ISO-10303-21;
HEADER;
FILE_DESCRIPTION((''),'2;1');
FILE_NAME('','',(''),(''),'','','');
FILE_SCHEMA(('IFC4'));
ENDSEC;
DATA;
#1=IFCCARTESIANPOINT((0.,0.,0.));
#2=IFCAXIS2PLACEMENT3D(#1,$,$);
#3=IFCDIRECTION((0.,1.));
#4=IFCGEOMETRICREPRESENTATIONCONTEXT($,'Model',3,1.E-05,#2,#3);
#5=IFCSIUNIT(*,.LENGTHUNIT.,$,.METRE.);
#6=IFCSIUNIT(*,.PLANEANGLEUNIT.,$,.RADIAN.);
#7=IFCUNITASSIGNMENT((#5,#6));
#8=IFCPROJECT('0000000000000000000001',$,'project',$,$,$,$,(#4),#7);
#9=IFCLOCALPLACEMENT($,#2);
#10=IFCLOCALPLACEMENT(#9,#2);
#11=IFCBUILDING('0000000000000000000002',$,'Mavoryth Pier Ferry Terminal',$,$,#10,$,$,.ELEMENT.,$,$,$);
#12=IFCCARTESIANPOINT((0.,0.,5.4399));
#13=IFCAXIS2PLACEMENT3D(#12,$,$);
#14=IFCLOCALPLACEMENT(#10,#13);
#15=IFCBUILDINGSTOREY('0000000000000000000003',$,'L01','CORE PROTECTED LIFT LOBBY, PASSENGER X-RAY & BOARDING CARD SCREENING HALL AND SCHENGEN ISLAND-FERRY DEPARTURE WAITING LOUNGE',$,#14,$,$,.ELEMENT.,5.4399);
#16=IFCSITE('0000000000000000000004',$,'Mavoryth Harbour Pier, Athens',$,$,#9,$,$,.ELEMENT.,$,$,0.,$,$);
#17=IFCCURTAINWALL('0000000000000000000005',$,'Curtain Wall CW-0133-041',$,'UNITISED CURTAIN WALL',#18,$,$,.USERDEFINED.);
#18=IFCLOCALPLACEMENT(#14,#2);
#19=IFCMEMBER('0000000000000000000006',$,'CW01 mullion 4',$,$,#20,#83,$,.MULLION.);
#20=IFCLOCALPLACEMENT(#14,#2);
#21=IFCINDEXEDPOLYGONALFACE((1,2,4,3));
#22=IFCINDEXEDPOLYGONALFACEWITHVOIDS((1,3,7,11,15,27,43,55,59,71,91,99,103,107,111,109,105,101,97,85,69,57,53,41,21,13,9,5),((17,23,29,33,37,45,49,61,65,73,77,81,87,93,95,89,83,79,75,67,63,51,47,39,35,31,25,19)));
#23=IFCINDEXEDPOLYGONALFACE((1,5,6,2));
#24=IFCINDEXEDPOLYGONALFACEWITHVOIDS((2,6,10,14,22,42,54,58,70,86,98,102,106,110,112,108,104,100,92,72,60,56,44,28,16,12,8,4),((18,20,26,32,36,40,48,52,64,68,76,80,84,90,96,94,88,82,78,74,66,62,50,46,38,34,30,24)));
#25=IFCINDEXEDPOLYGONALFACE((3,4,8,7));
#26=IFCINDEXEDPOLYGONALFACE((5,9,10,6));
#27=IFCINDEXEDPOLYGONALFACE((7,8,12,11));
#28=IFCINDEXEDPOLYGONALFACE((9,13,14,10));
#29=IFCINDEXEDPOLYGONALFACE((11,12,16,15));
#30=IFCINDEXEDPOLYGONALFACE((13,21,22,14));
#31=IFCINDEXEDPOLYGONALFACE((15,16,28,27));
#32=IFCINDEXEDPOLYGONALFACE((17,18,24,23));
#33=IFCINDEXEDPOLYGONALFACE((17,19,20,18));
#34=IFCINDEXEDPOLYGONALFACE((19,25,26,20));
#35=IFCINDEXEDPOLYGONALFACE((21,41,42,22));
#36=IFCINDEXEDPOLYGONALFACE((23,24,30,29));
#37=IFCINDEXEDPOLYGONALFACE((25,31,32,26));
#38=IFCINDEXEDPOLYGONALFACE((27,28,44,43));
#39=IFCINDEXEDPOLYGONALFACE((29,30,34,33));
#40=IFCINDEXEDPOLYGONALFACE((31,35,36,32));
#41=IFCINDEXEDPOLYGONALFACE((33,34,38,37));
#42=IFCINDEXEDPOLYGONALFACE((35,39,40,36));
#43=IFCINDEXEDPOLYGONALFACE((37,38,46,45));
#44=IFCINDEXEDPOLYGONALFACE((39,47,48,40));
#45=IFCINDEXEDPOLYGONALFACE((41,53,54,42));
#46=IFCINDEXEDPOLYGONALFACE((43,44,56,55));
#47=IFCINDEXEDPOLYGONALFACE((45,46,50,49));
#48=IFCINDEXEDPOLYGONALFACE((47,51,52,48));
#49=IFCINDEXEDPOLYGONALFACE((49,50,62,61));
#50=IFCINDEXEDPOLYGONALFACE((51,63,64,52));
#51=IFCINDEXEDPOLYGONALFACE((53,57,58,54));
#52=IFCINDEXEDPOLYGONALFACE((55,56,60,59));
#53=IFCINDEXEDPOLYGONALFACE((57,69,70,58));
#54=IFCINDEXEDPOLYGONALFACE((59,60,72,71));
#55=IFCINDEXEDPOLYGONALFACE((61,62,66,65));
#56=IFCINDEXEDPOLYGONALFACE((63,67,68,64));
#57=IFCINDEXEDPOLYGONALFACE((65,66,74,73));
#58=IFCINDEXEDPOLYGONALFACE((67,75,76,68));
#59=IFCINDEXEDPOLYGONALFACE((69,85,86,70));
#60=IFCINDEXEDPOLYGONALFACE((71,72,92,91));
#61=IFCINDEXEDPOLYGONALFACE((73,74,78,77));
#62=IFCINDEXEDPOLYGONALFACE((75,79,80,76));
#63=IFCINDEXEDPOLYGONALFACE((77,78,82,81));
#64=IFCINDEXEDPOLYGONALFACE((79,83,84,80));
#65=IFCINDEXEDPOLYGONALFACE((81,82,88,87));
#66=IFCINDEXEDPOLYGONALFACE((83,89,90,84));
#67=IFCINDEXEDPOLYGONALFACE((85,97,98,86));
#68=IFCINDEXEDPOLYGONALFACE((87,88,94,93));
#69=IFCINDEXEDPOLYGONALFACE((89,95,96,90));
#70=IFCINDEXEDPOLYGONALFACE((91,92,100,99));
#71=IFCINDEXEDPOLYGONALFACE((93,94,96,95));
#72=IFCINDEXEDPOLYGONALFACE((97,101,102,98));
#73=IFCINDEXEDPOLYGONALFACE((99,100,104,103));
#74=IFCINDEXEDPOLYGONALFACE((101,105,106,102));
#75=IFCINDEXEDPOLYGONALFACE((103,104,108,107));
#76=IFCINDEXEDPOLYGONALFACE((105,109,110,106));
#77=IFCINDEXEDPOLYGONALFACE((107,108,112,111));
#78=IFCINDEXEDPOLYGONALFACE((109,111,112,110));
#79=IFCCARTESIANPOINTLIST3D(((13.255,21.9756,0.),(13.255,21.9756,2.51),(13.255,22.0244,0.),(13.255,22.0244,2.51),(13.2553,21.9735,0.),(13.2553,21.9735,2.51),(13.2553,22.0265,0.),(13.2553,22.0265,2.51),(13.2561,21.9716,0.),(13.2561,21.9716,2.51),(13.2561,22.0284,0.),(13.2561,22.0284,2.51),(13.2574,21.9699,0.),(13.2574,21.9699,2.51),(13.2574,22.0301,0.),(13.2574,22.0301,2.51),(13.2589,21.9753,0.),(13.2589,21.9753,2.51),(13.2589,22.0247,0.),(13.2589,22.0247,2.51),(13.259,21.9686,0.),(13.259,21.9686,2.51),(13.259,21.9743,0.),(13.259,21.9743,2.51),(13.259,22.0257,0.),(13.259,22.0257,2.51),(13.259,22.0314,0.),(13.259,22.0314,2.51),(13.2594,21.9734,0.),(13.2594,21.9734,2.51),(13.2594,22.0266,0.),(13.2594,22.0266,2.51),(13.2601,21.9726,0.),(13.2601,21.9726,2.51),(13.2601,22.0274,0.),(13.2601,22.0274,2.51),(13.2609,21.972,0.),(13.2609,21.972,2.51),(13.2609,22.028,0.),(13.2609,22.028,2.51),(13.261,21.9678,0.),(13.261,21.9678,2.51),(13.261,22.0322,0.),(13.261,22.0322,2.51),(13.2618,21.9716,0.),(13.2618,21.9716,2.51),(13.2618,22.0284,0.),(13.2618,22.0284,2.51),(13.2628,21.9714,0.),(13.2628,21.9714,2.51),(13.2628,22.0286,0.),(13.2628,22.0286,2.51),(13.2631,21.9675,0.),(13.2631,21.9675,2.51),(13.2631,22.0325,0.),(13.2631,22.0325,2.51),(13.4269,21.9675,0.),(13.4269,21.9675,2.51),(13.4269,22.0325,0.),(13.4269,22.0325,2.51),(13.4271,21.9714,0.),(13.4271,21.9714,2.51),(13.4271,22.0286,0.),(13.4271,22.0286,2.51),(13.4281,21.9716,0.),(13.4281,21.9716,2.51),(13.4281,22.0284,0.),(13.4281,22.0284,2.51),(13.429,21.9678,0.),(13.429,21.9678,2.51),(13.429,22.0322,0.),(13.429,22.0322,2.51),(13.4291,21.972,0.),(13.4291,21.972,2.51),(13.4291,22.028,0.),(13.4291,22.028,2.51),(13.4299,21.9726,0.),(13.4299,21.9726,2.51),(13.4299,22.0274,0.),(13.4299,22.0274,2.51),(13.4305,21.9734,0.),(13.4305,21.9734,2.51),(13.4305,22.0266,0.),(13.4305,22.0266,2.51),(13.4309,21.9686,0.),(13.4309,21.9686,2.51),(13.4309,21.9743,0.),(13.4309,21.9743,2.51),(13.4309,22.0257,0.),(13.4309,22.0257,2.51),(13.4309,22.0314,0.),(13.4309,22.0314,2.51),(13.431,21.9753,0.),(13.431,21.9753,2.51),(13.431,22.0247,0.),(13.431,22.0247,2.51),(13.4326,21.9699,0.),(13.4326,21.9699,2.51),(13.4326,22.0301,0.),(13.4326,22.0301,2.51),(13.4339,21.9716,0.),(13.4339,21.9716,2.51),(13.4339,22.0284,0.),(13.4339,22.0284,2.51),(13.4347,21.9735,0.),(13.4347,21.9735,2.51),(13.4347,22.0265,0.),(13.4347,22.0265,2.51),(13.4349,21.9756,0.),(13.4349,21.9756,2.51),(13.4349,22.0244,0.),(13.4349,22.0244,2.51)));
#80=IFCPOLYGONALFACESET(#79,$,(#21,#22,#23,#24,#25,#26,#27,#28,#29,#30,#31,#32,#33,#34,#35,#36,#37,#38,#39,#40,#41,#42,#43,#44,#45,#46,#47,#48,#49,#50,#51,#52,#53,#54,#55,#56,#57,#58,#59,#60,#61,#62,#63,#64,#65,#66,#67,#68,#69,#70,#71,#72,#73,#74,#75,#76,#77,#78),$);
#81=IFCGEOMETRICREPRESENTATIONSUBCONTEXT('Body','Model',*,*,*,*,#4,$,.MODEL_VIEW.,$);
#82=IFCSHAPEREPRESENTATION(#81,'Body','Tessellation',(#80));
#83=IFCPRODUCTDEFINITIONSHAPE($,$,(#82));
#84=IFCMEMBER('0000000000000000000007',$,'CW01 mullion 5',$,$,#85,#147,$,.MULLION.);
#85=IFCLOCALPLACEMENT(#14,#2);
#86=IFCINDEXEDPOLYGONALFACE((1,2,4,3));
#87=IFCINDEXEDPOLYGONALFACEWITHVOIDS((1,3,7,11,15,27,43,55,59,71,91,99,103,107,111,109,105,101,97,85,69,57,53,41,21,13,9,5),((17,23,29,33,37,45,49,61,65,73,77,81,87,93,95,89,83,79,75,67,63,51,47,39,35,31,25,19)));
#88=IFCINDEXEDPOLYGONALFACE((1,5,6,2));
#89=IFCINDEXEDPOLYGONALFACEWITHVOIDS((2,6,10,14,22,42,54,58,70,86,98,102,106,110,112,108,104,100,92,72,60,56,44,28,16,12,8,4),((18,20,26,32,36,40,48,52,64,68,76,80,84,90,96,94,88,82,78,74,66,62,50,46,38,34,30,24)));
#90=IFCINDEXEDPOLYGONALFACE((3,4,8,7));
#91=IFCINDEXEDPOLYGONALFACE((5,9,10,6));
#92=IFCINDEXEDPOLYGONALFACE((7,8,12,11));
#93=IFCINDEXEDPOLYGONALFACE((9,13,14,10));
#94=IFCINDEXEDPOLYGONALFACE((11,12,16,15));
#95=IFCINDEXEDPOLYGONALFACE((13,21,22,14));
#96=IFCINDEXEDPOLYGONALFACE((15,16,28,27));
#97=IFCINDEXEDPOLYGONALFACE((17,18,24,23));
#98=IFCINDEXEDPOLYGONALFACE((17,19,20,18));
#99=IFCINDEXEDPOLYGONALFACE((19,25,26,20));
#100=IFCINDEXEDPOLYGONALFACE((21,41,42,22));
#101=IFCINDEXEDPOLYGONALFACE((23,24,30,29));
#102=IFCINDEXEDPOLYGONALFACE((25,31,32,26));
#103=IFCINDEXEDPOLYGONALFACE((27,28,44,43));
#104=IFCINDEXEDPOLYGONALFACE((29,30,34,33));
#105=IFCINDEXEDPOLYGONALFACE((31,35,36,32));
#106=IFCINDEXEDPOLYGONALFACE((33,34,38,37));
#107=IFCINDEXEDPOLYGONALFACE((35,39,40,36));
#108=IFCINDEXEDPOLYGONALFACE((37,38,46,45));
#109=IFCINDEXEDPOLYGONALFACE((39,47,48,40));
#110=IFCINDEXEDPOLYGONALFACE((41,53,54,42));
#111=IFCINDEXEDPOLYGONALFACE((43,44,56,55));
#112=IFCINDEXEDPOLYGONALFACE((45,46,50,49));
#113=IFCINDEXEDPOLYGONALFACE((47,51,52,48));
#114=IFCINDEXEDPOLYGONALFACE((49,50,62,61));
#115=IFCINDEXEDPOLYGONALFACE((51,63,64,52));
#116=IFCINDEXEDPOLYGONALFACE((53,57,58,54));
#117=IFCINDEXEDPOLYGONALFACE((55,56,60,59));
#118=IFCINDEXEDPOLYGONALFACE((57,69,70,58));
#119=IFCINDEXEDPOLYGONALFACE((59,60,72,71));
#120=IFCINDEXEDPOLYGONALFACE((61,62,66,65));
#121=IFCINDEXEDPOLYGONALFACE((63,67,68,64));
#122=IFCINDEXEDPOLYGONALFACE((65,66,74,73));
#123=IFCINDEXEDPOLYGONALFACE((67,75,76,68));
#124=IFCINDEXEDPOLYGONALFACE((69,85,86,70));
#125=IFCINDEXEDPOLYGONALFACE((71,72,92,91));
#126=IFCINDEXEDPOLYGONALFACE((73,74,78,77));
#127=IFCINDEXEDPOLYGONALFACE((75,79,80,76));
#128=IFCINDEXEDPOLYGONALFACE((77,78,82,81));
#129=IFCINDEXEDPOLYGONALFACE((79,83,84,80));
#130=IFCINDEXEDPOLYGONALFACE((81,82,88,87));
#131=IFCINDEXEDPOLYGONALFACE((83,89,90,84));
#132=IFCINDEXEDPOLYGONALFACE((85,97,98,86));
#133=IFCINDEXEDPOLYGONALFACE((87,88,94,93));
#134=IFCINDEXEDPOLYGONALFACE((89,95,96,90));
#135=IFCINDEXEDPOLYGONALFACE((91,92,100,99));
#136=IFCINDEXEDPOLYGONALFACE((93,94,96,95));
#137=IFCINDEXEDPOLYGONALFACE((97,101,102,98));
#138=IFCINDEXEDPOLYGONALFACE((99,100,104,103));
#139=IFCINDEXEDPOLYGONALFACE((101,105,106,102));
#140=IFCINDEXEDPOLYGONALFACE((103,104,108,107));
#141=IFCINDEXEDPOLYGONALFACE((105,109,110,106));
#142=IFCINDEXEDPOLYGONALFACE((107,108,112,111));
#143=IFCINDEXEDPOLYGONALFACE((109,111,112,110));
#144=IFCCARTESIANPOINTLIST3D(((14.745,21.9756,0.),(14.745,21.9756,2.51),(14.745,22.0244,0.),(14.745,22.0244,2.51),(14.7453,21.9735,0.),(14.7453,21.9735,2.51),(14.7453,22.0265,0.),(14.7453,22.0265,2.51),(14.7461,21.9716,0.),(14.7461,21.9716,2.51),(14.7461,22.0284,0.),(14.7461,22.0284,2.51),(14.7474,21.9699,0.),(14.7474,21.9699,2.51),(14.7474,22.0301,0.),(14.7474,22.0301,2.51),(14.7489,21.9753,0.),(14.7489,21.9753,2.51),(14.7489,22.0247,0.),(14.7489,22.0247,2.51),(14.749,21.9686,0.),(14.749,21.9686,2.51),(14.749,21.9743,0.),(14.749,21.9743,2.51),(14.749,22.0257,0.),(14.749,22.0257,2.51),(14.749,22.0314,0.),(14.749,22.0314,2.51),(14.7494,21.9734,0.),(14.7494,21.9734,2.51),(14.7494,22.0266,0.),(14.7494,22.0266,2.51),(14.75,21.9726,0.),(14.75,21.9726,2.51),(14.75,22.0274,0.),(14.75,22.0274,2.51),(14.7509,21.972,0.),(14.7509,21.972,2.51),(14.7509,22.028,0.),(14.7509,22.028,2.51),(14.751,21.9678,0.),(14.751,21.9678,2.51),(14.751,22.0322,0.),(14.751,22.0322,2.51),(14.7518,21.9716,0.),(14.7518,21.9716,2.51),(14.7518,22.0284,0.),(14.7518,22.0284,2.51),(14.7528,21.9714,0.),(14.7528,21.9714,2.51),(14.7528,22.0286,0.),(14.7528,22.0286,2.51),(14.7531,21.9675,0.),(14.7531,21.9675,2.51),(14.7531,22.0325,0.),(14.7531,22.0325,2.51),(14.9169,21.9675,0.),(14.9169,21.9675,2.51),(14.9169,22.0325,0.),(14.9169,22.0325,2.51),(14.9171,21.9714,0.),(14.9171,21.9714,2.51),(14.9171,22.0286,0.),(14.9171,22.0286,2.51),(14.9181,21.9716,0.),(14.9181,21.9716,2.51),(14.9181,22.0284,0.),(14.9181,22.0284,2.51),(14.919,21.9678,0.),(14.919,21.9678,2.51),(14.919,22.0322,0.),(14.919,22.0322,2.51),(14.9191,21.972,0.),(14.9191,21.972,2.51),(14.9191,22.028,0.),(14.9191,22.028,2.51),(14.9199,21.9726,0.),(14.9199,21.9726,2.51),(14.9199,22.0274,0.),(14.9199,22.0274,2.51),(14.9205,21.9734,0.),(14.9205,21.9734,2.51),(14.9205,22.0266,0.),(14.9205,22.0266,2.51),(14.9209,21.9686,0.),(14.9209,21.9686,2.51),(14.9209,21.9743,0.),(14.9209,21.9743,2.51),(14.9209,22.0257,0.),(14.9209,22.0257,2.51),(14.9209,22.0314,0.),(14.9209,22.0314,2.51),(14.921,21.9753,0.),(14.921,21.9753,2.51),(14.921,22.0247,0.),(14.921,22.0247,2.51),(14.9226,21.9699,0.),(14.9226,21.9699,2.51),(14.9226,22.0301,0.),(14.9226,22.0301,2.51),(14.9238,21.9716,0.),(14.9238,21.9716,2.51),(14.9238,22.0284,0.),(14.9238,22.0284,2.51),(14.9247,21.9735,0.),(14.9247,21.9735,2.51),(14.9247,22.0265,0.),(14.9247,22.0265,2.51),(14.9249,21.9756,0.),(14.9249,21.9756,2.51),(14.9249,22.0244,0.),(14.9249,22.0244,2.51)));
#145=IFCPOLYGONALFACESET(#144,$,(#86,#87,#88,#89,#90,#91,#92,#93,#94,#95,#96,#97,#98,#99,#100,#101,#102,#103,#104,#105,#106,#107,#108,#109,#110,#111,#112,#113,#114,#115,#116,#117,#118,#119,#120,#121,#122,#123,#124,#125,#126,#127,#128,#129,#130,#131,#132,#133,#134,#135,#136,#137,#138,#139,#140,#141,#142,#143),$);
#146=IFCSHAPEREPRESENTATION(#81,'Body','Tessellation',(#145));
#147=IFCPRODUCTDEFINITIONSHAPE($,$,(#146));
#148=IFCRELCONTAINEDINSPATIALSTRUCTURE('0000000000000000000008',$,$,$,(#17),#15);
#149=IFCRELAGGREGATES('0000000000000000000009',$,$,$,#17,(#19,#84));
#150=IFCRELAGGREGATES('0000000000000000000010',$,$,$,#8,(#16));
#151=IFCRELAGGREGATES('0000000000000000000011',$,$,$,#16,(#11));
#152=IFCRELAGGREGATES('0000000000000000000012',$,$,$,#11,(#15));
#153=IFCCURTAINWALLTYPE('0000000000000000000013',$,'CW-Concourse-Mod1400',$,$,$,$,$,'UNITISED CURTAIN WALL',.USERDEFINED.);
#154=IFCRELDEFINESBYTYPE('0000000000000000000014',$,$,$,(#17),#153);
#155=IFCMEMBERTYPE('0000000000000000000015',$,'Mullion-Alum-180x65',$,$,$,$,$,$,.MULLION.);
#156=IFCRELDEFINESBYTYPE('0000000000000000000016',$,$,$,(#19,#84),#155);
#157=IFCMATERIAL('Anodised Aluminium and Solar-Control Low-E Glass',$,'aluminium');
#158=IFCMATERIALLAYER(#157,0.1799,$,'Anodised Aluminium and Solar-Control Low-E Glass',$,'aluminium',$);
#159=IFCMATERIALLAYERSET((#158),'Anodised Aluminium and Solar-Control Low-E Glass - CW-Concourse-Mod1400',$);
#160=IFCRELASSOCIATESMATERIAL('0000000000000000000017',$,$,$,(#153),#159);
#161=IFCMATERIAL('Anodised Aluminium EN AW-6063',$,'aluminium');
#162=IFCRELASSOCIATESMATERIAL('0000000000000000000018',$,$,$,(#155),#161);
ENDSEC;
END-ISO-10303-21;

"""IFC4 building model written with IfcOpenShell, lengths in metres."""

from ifc_helpers import new_model, si_unit, direction, frame, origin, origin_2d, place, context, subcontext, project, spatial, hollow_rectangle, extrude, material, layer, layer_set, material_profile, profile_set, type_object, element, aggregate, save


model = new_model("IFC4")

# Units and contexts
model_context = context("Model", 3, precision=1e-05, world=origin(), true_north=direction((0.0, 1.0)))
body_context = subcontext(model_context, "Body", "Model", "MODEL_VIEW")
ifc_project = project(units=[si_unit("LENGTHUNIT", "METRE"), si_unit("PLANEANGLEUNIT", "RADIAN")], contexts=[model_context])

# Site, building, storey
site_placement = place(None, origin())
site = spatial("IfcSite", under=ifc_project, at=site_placement, Name="Mavoryth Harbour Pier, Athens", CompositionType="ELEMENT", RefElevation=0.0)
building_placement = place(site_placement, origin())
building = spatial("IfcBuilding", under=site, at=building_placement, Name="Mavoryth Pier Ferry Terminal", CompositionType="ELEMENT")
storey_placement = place(building_placement, frame((0.0, 0.0, 5.4399)))
storey = spatial("IfcBuildingStorey", under=building, at=storey_placement, Name="L01", Description="CORE PROTECTED LIFT LOBBY, PASSENGER X-RAY & BOARDING CARD SCREENING HALL AND SCHENGEN ISLAND-FERRY DEPARTURE WAITING LOUNGE", CompositionType="ELEMENT", Elevation=5.4399)

# Curtain wall, members
ifc_material_1 = material(Name="Anodised Aluminium and Solar-Control Low-E Glass", Category="aluminium")
ifc_layer_1 = layer(ifc_material_1, 0.1799, Name="Anodised Aluminium and Solar-Control Low-E Glass", Category="aluminium")
ifc_layer_set_1 = layer_set([ifc_layer_1], Name="Anodised Aluminium and Solar-Control Low-E Glass - CW-Concourse-Mod1400")
curtain_wall_type = type_object("IfcCurtainWallType", Name="CW-Concourse-Mod1400", ElementType="UNITISED CURTAIN WALL", PredefinedType="USERDEFINED", material=ifc_layer_set_1)
curtain_wall_1_placement = place(storey_placement, origin())
curtain_wall_1 = element("IfcCurtainWall", 1, at=curtain_wall_1_placement, inside=storey, type_object=curtain_wall_type, Name="Curtain Wall CW-0133-041", ObjectType="UNITISED CURTAIN WALL", PredefinedType="USERDEFINED")
ifc_material_2 = material(Name="Anodised Aluminium EN AW-6063", Category="aluminium")
ifc_material_profile_1 = material_profile(ifc_material_2, hollow_rectangle(XDim=0.0649, YDim=0.1799, WallThickness=0.0039, InnerFilletRadius=0.0039, OuterFilletRadius=0.0081, at=origin_2d()), Name="AL-MULL 180x65x4", Category="aluminium")
ifc_profile_set_1 = profile_set([ifc_material_profile_1], Name="Anodised Aluminium EN AW-6063 - AL-MULL 180x65x4")
member_type_1 = type_object("IfcMemberType", Name="Mullion-Alum-180x65", PredefinedType="MULLION", material=ifc_profile_set_1)
member_1_placement = place(storey_placement, frame((13.345, 22.0, 0.0), z_axis=(0.0, 0.0, 1.0), x_axis=(0.0, 1.0, 0.0)))
member_1 = element("IfcMember", 2, at=member_1_placement, type_object=member_type_1, Name="CW01 mullion 4", PredefinedType="MULLION", context=body_context, shape_type="SweptSolid", body=[
    extrude(hollow_rectangle(XDim=0.0649, YDim=0.1799, WallThickness=0.0039, InnerFilletRadius=0.0039, OuterFilletRadius=0.0081, at=origin_2d()), origin(), (0.0, 0.0, 1.0), 2.51),
])
member_2_placement = place(storey_placement, frame((14.835, 22.0, 0.0), z_axis=(0.0, 0.0, 1.0), x_axis=(0.0, 1.0, 0.0)))
member_2 = element("IfcMember", 3, at=member_2_placement, type_object=member_type_1, Name="CW01 mullion 5", PredefinedType="MULLION", context=body_context, shape_type="SweptSolid", body=[
    extrude(hollow_rectangle(XDim=0.0649, YDim=0.1799, WallThickness=0.0039, InnerFilletRadius=0.0039, OuterFilletRadius=0.0081, at=origin_2d()), origin(), (0.0, 0.0, 1.0), 2.51),
])

aggregate(curtain_wall_1, [member_1, member_2])

save(model, "model.ifc")
